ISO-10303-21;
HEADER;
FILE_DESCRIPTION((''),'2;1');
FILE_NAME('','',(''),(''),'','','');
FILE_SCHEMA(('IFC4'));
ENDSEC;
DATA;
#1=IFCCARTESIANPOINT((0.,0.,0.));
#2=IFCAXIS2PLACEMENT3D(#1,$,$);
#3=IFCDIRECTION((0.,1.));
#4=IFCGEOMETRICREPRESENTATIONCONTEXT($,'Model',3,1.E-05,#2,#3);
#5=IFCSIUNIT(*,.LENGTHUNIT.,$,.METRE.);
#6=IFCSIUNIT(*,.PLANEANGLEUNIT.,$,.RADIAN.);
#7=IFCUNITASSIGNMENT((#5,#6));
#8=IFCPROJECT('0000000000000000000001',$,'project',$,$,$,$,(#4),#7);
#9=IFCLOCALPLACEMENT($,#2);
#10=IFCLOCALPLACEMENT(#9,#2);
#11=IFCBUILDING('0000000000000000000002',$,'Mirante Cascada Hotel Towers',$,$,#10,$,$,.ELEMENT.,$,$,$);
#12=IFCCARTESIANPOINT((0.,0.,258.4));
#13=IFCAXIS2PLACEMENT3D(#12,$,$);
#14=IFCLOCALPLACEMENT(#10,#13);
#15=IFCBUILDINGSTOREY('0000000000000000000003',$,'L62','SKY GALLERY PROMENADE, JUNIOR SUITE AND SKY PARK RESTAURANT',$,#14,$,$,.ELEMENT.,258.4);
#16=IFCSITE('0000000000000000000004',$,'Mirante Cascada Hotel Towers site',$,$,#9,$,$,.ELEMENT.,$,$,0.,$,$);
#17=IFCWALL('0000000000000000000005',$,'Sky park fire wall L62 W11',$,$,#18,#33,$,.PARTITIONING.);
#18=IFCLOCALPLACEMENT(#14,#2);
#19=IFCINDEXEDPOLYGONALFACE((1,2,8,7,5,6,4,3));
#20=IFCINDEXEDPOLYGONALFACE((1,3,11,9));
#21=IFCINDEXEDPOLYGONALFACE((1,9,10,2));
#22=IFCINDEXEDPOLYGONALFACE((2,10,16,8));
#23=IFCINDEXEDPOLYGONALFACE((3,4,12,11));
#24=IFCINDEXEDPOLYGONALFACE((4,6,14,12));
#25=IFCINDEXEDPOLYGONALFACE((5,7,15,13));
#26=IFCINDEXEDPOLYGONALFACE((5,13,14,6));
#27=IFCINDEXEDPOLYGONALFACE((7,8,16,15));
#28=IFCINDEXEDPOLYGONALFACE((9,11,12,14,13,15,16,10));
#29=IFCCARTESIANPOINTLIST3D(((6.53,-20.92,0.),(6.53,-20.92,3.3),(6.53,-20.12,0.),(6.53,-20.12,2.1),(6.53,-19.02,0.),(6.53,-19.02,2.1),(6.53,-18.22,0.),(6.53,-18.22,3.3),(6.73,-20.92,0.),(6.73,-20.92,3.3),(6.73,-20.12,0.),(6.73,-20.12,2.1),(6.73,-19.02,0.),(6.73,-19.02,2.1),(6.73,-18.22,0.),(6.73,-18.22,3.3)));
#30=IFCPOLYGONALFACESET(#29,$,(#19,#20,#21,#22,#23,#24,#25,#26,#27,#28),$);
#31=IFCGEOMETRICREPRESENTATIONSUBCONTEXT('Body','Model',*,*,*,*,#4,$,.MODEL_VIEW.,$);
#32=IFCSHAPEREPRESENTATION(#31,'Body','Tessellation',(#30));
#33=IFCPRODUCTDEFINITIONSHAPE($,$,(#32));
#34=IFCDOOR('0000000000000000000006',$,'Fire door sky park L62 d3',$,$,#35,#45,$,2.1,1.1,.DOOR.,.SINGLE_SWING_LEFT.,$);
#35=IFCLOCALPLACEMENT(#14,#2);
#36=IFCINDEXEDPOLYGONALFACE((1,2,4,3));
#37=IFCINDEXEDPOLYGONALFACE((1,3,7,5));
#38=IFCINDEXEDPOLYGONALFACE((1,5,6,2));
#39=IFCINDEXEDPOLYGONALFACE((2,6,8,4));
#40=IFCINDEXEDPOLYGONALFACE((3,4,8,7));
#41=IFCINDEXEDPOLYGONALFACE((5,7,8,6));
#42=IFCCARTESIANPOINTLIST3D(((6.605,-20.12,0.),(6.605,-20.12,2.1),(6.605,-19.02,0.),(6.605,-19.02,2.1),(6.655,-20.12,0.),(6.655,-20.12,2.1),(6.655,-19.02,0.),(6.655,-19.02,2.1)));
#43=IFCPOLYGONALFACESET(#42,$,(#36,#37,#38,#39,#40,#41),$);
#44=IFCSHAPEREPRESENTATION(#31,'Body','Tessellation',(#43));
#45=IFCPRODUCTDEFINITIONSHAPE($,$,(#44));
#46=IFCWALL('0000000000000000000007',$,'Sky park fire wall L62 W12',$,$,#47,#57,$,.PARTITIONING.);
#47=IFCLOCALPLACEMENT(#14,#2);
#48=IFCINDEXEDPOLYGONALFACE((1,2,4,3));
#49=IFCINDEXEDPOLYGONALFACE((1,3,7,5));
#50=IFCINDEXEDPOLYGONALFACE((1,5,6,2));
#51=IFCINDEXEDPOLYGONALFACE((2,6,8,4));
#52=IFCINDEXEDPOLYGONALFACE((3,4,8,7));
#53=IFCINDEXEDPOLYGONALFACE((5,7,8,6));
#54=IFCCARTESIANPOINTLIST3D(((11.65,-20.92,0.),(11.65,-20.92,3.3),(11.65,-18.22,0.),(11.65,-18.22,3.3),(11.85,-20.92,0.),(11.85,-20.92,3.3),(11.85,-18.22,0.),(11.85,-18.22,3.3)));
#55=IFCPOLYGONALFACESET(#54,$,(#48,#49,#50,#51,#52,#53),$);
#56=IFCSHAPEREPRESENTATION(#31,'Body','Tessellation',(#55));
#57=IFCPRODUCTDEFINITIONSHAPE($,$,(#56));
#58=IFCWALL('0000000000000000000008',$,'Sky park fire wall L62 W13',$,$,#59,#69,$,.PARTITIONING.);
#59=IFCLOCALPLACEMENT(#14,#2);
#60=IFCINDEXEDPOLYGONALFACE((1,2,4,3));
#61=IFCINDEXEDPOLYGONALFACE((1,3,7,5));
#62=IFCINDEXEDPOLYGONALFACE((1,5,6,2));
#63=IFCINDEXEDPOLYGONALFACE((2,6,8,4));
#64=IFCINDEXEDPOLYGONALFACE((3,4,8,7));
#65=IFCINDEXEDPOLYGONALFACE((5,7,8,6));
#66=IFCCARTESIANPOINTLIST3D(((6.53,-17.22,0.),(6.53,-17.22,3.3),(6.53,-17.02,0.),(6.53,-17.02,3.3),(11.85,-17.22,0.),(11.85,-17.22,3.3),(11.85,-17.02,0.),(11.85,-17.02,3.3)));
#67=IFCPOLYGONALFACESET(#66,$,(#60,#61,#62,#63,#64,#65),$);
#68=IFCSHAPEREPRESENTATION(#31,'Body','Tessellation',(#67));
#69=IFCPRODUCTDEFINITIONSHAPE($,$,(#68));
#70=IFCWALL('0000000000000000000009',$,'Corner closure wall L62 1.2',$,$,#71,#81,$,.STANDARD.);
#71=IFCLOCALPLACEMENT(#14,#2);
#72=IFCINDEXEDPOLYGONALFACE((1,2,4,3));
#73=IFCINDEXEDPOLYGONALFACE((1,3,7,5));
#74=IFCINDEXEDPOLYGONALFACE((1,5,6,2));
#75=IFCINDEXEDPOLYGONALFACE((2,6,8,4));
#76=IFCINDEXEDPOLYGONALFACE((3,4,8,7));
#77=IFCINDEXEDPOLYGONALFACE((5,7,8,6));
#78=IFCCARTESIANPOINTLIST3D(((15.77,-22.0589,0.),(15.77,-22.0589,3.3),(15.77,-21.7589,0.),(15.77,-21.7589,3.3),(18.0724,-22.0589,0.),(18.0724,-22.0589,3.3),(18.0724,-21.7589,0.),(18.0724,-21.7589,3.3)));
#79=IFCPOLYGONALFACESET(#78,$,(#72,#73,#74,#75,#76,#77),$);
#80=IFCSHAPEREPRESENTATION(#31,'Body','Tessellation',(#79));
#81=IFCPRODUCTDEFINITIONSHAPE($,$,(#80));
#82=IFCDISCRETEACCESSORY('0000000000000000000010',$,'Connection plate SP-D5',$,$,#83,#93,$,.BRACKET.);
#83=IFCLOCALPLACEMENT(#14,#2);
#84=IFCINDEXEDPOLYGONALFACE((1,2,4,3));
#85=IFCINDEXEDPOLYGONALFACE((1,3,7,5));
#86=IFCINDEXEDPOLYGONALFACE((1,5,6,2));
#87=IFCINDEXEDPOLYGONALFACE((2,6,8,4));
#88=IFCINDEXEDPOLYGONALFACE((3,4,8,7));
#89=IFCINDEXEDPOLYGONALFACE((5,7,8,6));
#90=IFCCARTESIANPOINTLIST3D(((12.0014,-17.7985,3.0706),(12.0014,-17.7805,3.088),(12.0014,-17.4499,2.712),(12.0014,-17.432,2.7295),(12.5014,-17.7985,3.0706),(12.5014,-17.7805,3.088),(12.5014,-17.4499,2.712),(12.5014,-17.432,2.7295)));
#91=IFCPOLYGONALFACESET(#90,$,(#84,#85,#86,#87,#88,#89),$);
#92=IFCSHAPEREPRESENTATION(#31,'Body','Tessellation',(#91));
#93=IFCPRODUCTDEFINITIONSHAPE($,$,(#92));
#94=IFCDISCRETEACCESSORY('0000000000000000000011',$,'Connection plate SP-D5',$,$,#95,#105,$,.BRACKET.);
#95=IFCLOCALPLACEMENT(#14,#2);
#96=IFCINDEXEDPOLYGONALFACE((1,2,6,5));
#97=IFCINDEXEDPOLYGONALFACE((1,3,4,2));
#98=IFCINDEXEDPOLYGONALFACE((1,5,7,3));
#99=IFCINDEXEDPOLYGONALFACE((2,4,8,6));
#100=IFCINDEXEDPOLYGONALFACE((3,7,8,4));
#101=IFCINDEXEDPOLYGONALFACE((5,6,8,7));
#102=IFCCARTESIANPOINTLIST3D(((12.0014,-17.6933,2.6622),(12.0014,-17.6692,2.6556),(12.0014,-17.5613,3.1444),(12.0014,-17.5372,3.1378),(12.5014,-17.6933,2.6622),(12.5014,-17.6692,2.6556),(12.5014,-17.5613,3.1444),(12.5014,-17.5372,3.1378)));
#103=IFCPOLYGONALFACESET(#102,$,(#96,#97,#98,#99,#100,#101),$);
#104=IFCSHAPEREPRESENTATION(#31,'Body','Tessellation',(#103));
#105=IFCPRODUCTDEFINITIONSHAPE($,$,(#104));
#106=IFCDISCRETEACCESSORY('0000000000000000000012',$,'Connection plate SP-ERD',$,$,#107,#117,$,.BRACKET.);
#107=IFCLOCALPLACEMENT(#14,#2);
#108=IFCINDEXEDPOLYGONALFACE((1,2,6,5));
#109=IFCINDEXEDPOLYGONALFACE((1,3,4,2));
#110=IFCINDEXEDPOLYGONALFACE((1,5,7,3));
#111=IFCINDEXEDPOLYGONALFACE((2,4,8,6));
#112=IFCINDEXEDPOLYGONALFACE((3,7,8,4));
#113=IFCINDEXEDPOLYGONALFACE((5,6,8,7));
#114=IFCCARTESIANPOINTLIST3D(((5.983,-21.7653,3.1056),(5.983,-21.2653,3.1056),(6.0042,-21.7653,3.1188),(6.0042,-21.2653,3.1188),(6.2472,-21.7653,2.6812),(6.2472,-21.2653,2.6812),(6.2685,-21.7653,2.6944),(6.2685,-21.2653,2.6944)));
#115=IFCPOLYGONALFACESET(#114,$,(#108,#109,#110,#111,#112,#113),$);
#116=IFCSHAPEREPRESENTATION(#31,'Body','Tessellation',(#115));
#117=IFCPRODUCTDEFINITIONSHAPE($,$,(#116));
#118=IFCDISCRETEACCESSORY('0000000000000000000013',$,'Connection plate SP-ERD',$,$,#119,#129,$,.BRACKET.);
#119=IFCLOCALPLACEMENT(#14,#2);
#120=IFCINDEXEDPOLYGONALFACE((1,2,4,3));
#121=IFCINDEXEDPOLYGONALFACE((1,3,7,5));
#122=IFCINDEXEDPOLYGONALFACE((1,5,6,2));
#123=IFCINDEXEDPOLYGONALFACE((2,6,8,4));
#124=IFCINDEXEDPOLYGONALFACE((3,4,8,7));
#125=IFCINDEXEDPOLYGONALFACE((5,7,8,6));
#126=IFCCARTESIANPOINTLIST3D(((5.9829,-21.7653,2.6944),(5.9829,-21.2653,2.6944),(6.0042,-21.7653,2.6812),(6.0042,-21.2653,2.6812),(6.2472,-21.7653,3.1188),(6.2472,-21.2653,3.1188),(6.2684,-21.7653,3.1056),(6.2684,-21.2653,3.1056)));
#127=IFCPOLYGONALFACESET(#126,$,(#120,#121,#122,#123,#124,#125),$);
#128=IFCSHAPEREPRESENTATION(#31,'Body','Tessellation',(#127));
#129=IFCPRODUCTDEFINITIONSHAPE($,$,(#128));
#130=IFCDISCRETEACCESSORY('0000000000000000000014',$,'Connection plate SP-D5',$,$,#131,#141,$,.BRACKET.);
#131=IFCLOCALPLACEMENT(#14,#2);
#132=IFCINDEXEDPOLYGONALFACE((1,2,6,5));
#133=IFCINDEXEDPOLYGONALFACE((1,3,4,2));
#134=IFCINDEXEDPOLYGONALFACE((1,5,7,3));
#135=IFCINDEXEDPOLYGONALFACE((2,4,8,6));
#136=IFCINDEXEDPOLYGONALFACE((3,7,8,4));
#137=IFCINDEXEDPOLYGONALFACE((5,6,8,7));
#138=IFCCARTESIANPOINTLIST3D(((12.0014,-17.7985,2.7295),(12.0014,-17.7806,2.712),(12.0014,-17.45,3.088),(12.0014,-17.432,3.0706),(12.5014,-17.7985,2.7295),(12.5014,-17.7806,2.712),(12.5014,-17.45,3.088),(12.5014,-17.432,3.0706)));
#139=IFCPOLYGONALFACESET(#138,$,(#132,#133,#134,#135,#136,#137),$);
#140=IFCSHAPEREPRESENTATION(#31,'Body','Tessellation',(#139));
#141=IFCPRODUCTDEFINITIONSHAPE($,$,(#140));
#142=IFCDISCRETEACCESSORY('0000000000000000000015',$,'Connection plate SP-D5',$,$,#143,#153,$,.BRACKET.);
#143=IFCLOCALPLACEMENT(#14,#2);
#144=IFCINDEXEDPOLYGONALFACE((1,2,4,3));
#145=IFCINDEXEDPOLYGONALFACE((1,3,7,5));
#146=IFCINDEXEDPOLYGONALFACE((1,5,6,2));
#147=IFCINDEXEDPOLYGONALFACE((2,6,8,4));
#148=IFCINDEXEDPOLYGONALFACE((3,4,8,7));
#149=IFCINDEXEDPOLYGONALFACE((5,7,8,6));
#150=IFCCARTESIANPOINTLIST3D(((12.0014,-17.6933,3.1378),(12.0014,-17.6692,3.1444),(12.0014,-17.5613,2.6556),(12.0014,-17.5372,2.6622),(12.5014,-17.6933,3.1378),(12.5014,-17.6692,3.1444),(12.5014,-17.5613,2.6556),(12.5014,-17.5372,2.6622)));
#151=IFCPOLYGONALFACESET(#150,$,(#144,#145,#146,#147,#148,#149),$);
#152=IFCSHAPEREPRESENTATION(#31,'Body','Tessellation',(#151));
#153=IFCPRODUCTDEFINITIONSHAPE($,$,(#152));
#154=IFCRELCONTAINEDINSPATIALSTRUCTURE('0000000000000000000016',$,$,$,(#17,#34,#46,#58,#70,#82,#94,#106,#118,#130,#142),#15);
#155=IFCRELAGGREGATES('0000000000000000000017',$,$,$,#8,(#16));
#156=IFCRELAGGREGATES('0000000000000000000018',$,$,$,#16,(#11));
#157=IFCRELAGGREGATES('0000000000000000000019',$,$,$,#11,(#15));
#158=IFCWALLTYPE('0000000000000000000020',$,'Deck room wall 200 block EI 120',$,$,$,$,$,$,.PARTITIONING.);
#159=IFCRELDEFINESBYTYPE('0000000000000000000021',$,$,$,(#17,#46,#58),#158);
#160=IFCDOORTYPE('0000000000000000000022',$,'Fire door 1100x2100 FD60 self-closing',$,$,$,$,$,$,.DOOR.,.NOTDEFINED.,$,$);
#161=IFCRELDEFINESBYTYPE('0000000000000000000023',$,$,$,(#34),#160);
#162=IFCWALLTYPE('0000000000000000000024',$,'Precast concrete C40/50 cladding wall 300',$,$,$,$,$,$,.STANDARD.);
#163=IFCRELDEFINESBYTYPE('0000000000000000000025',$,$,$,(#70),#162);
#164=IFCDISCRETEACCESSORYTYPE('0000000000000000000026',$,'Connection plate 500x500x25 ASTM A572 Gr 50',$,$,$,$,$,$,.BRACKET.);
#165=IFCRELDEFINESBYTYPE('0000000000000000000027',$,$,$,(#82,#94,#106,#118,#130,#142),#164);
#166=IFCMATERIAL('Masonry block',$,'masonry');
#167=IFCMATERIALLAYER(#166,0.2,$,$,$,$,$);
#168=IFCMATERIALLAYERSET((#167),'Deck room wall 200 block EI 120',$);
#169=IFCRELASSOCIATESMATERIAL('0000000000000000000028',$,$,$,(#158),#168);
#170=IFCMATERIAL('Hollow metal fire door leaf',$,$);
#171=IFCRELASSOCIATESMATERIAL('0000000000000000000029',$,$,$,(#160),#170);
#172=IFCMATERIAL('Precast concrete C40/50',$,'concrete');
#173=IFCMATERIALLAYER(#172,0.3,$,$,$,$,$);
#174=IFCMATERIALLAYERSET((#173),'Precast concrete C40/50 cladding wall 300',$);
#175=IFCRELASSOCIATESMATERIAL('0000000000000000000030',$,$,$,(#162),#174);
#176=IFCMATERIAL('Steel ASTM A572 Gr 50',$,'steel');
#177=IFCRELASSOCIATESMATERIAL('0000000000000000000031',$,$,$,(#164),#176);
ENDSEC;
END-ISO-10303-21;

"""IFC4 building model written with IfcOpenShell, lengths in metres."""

from ifc_helpers import new_model, si_unit, direction, frame, frame_2d, origin, origin_2d, place, context, subcontext, project, spatial, rectangle, extrude, material, layer, layer_set, material_profile, profile_set, type_object, element, fill, save


model = new_model("IFC4")

# Units and contexts
model_context = context("Model", 3, precision=1e-05, world=origin(), true_north=direction((0.0, 1.0)))
body_context = subcontext(model_context, "Body", "Model", "MODEL_VIEW")
ifc_project = project(units=[si_unit("LENGTHUNIT", "METRE"), si_unit("PLANEANGLEUNIT", "RADIAN")], contexts=[model_context])

# Site, building, storey
site_placement = place(None, origin())
site = spatial("IfcSite", under=ifc_project, at=site_placement, Name="Mirante Cascada Hotel Towers site", CompositionType="ELEMENT", RefElevation=0.0)
building_placement = place(site_placement, origin())
building = spatial("IfcBuilding", under=site, at=building_placement, Name="Mirante Cascada Hotel Towers", CompositionType="ELEMENT")
storey_placement = place(building_placement, frame((0.0, 0.0, 258.4)))
storey = spatial("IfcBuildingStorey", under=building, at=storey_placement, Name="L62", Description="SKY GALLERY PROMENADE, JUNIOR SUITE AND SKY PARK RESTAURANT", CompositionType="ELEMENT", Elevation=258.4)

# Shared definitions
ifc_material_1 = material(Name="Masonry block", Category="masonry")
ifc_layer_1 = layer(ifc_material_1, 0.2)
ifc_layer_set_1 = layer_set([ifc_layer_1], Name="Deck room wall 200 block EI 120")
wall_type_1 = type_object("IfcWallType", Name="Deck room wall 200 block EI 120", PredefinedType="PARTITIONING", material=ifc_layer_set_1)

# Wall, opening, door
wall_1_placement = place(storey_placement, frame((6.63, -20.92, 0.0), z_axis=(0.0, 0.0, 1.0), x_axis=(0.0, 1.0, 0.0)))
wall_1 = element("IfcWall", 1, at=wall_1_placement, inside=storey, type_object=wall_type_1, Name="Sky park fire wall L62 W11", PredefinedType="PARTITIONING", context=body_context, shape_type="SweptSolid", body=[
    extrude(rectangle(XDim=2.7, YDim=0.2, at=frame_2d((1.35, 0.0))), origin(), (0.0, 0.0, 1.0), 3.3),
])
opening_placement = place(wall_1_placement, frame((0.8, 0.0, 0.0)))
opening = element("IfcOpeningElement", 2, at=opening_placement, cuts=wall_1, PredefinedType="OPENING", context=body_context, shape_type="SweptSolid", body=[
    extrude(rectangle(XDim=1.1, YDim=2.1, at=frame_2d((0.55, 1.05))), frame((0.0, 0.1, 0.0), z_axis=(0.0, -1.0, 0.0), x_axis=(1.0, 0.0, 0.0)), (0.0, 0.0, 1.0), 0.2),
])
ifc_material_2 = material(Name="Hollow metal fire door leaf")
door_type = type_object("IfcDoorType", Name="Fire door 1100x2100 FD60 self-closing", OperationType="NOTDEFINED", PredefinedType="DOOR", material=ifc_material_2)
door_placement = place(opening_placement, frame((1.1, 0.0, 0.0), z_axis=(0.0, 0.0, 1.0), x_axis=(-1.0, 0.0, 0.0)))
door = element("IfcDoor", 3, at=door_placement, inside=storey, type_object=door_type, Name="Fire door sky park L62 d3", OperationType="SINGLE_SWING_LEFT", OverallHeight=2.1, OverallWidth=1.1, PredefinedType="DOOR", context=body_context, shape_type="SweptSolid", body=[
    extrude(rectangle(XDim=1.1, YDim=2.1, at=frame_2d((0.55, 1.05))), frame((0.0, 0.025, 0.0), z_axis=(0.0, -1.0, 0.0), x_axis=(1.0, 0.0, 0.0)), (0.0, 0.0, 1.0), 0.05),
])
fill(opening, door)

# Walls
wall_2_placement = place(storey_placement, frame((11.75, -20.92, 0.0), z_axis=(0.0, 0.0, 1.0), x_axis=(0.0, 1.0, 0.0)))
element("IfcWall", 4, at=wall_2_placement, inside=storey, type_object=wall_type_1, Name="Sky park fire wall L62 W12", PredefinedType="PARTITIONING", context=body_context, shape_type="SweptSolid", body=[
    extrude(rectangle(XDim=2.7, YDim=0.2, at=frame_2d((1.35, 0.0))), origin(), (0.0, 0.0, 1.0), 3.3),
])
wall_3_placement = place(storey_placement, frame((6.53, -17.12, 0.0), z_axis=(0.0, 0.0, 1.0), x_axis=(1.0, 0.0, 0.0)))
element("IfcWall", 5, at=wall_3_placement, inside=storey, type_object=wall_type_1, Name="Sky park fire wall L62 W13", PredefinedType="PARTITIONING", context=body_context, shape_type="SweptSolid", body=[
    extrude(rectangle(XDim=5.32, YDim=0.2, at=frame_2d((2.66, 0.0))), origin(), (0.0, 0.0, 1.0), 3.3),
])
ifc_material_3 = material(Name="Precast concrete C40/50", Category="concrete")
ifc_layer_2 = layer(ifc_material_3, 0.3)
ifc_layer_set_2 = layer_set([ifc_layer_2], Name="Precast concrete C40/50 cladding wall 300")
wall_type_2 = type_object("IfcWallType", Name="Precast concrete C40/50 cladding wall 300", PredefinedType="STANDARD", material=ifc_layer_set_2)
wall_4_placement = place(storey_placement, frame((18.0724, -21.9089, 0.0), z_axis=(0.0, 0.0, 1.0), x_axis=(-1.0, 0.0, 0.0)))
element("IfcWall", 6, at=wall_4_placement, inside=storey, type_object=wall_type_2, Name="Corner closure wall L62 1.2", PredefinedType="STANDARD", context=body_context, shape_type="SweptSolid", body=[
    extrude(rectangle(XDim=2.3024, YDim=0.3, at=frame_2d((1.1512, 0.0))), origin(), (0.0, 0.0, 1.0), 3.3),
])

# Discrete accessories
ifc_material_4 = material(Name="Steel ASTM A572 Gr 50", Category="steel")
ifc_material_profile_1 = material_profile(ifc_material_4, rectangle(XDim=0.5, YDim=0.5, at=origin_2d()), Name="Connection plate 500x500x25 ASTM A572 Gr 50")
ifc_profile_set_1 = profile_set([ifc_material_profile_1], Name="Steel ASTM A572 Gr 50")
discrete_accessory_type = type_object("IfcDiscreteAccessoryType", Name="Connection plate 500x500x25 ASTM A572 Gr 50", PredefinedType="BRACKET", material=ifc_profile_set_1)
for number, where, z_axis, x_axis, name in (
    (7, (12.2514, -17.6242, 2.8913), (0.0, 0.717051, 0.697021), (-1.0, 0.0, 0.0), "Connection plate SP-D5"),
    (8, (12.2514, -17.6032, 2.8967), (0.0, -0.964486, 0.264133), (1.0, 0.0, 0.0), "Connection plate SP-D5"),
    (9, (6.1151, -21.5153, 2.8934), (0.848897, 0.0, 0.528559), (0.0, 1.0, 0.0), "Connection plate SP-ERD"),
    (10, (6.1363, -21.5153, 2.8934), (-0.848897, 0.0, 0.528559), (0.0, -1.0, 0.0), "Connection plate SP-ERD"),
    (11, (12.2514, -17.6063, 2.8913), (0.0, -0.717051, 0.697021), (1.0, 0.0, 0.0), "Connection plate SP-D5"),
    (12, (12.2514, -17.6273, 2.8967), (0.0, 0.964486, 0.264133), (-1.0, 0.0, 0.0), "Connection plate SP-D5"),
):
    element("IfcDiscreteAccessory", number, at=place(storey_placement, frame(where, z_axis=z_axis, x_axis=x_axis)), inside=storey, type_object=discrete_accessory_type, Name=name, PredefinedType="BRACKET", context=body_context, shape_type="SweptSolid", body=[
        extrude(rectangle(XDim=0.5, YDim=0.5, at=origin_2d()), origin(), (0.0, 0.0, 1.0), 0.025),
    ])

save(model, "model.ifc")
